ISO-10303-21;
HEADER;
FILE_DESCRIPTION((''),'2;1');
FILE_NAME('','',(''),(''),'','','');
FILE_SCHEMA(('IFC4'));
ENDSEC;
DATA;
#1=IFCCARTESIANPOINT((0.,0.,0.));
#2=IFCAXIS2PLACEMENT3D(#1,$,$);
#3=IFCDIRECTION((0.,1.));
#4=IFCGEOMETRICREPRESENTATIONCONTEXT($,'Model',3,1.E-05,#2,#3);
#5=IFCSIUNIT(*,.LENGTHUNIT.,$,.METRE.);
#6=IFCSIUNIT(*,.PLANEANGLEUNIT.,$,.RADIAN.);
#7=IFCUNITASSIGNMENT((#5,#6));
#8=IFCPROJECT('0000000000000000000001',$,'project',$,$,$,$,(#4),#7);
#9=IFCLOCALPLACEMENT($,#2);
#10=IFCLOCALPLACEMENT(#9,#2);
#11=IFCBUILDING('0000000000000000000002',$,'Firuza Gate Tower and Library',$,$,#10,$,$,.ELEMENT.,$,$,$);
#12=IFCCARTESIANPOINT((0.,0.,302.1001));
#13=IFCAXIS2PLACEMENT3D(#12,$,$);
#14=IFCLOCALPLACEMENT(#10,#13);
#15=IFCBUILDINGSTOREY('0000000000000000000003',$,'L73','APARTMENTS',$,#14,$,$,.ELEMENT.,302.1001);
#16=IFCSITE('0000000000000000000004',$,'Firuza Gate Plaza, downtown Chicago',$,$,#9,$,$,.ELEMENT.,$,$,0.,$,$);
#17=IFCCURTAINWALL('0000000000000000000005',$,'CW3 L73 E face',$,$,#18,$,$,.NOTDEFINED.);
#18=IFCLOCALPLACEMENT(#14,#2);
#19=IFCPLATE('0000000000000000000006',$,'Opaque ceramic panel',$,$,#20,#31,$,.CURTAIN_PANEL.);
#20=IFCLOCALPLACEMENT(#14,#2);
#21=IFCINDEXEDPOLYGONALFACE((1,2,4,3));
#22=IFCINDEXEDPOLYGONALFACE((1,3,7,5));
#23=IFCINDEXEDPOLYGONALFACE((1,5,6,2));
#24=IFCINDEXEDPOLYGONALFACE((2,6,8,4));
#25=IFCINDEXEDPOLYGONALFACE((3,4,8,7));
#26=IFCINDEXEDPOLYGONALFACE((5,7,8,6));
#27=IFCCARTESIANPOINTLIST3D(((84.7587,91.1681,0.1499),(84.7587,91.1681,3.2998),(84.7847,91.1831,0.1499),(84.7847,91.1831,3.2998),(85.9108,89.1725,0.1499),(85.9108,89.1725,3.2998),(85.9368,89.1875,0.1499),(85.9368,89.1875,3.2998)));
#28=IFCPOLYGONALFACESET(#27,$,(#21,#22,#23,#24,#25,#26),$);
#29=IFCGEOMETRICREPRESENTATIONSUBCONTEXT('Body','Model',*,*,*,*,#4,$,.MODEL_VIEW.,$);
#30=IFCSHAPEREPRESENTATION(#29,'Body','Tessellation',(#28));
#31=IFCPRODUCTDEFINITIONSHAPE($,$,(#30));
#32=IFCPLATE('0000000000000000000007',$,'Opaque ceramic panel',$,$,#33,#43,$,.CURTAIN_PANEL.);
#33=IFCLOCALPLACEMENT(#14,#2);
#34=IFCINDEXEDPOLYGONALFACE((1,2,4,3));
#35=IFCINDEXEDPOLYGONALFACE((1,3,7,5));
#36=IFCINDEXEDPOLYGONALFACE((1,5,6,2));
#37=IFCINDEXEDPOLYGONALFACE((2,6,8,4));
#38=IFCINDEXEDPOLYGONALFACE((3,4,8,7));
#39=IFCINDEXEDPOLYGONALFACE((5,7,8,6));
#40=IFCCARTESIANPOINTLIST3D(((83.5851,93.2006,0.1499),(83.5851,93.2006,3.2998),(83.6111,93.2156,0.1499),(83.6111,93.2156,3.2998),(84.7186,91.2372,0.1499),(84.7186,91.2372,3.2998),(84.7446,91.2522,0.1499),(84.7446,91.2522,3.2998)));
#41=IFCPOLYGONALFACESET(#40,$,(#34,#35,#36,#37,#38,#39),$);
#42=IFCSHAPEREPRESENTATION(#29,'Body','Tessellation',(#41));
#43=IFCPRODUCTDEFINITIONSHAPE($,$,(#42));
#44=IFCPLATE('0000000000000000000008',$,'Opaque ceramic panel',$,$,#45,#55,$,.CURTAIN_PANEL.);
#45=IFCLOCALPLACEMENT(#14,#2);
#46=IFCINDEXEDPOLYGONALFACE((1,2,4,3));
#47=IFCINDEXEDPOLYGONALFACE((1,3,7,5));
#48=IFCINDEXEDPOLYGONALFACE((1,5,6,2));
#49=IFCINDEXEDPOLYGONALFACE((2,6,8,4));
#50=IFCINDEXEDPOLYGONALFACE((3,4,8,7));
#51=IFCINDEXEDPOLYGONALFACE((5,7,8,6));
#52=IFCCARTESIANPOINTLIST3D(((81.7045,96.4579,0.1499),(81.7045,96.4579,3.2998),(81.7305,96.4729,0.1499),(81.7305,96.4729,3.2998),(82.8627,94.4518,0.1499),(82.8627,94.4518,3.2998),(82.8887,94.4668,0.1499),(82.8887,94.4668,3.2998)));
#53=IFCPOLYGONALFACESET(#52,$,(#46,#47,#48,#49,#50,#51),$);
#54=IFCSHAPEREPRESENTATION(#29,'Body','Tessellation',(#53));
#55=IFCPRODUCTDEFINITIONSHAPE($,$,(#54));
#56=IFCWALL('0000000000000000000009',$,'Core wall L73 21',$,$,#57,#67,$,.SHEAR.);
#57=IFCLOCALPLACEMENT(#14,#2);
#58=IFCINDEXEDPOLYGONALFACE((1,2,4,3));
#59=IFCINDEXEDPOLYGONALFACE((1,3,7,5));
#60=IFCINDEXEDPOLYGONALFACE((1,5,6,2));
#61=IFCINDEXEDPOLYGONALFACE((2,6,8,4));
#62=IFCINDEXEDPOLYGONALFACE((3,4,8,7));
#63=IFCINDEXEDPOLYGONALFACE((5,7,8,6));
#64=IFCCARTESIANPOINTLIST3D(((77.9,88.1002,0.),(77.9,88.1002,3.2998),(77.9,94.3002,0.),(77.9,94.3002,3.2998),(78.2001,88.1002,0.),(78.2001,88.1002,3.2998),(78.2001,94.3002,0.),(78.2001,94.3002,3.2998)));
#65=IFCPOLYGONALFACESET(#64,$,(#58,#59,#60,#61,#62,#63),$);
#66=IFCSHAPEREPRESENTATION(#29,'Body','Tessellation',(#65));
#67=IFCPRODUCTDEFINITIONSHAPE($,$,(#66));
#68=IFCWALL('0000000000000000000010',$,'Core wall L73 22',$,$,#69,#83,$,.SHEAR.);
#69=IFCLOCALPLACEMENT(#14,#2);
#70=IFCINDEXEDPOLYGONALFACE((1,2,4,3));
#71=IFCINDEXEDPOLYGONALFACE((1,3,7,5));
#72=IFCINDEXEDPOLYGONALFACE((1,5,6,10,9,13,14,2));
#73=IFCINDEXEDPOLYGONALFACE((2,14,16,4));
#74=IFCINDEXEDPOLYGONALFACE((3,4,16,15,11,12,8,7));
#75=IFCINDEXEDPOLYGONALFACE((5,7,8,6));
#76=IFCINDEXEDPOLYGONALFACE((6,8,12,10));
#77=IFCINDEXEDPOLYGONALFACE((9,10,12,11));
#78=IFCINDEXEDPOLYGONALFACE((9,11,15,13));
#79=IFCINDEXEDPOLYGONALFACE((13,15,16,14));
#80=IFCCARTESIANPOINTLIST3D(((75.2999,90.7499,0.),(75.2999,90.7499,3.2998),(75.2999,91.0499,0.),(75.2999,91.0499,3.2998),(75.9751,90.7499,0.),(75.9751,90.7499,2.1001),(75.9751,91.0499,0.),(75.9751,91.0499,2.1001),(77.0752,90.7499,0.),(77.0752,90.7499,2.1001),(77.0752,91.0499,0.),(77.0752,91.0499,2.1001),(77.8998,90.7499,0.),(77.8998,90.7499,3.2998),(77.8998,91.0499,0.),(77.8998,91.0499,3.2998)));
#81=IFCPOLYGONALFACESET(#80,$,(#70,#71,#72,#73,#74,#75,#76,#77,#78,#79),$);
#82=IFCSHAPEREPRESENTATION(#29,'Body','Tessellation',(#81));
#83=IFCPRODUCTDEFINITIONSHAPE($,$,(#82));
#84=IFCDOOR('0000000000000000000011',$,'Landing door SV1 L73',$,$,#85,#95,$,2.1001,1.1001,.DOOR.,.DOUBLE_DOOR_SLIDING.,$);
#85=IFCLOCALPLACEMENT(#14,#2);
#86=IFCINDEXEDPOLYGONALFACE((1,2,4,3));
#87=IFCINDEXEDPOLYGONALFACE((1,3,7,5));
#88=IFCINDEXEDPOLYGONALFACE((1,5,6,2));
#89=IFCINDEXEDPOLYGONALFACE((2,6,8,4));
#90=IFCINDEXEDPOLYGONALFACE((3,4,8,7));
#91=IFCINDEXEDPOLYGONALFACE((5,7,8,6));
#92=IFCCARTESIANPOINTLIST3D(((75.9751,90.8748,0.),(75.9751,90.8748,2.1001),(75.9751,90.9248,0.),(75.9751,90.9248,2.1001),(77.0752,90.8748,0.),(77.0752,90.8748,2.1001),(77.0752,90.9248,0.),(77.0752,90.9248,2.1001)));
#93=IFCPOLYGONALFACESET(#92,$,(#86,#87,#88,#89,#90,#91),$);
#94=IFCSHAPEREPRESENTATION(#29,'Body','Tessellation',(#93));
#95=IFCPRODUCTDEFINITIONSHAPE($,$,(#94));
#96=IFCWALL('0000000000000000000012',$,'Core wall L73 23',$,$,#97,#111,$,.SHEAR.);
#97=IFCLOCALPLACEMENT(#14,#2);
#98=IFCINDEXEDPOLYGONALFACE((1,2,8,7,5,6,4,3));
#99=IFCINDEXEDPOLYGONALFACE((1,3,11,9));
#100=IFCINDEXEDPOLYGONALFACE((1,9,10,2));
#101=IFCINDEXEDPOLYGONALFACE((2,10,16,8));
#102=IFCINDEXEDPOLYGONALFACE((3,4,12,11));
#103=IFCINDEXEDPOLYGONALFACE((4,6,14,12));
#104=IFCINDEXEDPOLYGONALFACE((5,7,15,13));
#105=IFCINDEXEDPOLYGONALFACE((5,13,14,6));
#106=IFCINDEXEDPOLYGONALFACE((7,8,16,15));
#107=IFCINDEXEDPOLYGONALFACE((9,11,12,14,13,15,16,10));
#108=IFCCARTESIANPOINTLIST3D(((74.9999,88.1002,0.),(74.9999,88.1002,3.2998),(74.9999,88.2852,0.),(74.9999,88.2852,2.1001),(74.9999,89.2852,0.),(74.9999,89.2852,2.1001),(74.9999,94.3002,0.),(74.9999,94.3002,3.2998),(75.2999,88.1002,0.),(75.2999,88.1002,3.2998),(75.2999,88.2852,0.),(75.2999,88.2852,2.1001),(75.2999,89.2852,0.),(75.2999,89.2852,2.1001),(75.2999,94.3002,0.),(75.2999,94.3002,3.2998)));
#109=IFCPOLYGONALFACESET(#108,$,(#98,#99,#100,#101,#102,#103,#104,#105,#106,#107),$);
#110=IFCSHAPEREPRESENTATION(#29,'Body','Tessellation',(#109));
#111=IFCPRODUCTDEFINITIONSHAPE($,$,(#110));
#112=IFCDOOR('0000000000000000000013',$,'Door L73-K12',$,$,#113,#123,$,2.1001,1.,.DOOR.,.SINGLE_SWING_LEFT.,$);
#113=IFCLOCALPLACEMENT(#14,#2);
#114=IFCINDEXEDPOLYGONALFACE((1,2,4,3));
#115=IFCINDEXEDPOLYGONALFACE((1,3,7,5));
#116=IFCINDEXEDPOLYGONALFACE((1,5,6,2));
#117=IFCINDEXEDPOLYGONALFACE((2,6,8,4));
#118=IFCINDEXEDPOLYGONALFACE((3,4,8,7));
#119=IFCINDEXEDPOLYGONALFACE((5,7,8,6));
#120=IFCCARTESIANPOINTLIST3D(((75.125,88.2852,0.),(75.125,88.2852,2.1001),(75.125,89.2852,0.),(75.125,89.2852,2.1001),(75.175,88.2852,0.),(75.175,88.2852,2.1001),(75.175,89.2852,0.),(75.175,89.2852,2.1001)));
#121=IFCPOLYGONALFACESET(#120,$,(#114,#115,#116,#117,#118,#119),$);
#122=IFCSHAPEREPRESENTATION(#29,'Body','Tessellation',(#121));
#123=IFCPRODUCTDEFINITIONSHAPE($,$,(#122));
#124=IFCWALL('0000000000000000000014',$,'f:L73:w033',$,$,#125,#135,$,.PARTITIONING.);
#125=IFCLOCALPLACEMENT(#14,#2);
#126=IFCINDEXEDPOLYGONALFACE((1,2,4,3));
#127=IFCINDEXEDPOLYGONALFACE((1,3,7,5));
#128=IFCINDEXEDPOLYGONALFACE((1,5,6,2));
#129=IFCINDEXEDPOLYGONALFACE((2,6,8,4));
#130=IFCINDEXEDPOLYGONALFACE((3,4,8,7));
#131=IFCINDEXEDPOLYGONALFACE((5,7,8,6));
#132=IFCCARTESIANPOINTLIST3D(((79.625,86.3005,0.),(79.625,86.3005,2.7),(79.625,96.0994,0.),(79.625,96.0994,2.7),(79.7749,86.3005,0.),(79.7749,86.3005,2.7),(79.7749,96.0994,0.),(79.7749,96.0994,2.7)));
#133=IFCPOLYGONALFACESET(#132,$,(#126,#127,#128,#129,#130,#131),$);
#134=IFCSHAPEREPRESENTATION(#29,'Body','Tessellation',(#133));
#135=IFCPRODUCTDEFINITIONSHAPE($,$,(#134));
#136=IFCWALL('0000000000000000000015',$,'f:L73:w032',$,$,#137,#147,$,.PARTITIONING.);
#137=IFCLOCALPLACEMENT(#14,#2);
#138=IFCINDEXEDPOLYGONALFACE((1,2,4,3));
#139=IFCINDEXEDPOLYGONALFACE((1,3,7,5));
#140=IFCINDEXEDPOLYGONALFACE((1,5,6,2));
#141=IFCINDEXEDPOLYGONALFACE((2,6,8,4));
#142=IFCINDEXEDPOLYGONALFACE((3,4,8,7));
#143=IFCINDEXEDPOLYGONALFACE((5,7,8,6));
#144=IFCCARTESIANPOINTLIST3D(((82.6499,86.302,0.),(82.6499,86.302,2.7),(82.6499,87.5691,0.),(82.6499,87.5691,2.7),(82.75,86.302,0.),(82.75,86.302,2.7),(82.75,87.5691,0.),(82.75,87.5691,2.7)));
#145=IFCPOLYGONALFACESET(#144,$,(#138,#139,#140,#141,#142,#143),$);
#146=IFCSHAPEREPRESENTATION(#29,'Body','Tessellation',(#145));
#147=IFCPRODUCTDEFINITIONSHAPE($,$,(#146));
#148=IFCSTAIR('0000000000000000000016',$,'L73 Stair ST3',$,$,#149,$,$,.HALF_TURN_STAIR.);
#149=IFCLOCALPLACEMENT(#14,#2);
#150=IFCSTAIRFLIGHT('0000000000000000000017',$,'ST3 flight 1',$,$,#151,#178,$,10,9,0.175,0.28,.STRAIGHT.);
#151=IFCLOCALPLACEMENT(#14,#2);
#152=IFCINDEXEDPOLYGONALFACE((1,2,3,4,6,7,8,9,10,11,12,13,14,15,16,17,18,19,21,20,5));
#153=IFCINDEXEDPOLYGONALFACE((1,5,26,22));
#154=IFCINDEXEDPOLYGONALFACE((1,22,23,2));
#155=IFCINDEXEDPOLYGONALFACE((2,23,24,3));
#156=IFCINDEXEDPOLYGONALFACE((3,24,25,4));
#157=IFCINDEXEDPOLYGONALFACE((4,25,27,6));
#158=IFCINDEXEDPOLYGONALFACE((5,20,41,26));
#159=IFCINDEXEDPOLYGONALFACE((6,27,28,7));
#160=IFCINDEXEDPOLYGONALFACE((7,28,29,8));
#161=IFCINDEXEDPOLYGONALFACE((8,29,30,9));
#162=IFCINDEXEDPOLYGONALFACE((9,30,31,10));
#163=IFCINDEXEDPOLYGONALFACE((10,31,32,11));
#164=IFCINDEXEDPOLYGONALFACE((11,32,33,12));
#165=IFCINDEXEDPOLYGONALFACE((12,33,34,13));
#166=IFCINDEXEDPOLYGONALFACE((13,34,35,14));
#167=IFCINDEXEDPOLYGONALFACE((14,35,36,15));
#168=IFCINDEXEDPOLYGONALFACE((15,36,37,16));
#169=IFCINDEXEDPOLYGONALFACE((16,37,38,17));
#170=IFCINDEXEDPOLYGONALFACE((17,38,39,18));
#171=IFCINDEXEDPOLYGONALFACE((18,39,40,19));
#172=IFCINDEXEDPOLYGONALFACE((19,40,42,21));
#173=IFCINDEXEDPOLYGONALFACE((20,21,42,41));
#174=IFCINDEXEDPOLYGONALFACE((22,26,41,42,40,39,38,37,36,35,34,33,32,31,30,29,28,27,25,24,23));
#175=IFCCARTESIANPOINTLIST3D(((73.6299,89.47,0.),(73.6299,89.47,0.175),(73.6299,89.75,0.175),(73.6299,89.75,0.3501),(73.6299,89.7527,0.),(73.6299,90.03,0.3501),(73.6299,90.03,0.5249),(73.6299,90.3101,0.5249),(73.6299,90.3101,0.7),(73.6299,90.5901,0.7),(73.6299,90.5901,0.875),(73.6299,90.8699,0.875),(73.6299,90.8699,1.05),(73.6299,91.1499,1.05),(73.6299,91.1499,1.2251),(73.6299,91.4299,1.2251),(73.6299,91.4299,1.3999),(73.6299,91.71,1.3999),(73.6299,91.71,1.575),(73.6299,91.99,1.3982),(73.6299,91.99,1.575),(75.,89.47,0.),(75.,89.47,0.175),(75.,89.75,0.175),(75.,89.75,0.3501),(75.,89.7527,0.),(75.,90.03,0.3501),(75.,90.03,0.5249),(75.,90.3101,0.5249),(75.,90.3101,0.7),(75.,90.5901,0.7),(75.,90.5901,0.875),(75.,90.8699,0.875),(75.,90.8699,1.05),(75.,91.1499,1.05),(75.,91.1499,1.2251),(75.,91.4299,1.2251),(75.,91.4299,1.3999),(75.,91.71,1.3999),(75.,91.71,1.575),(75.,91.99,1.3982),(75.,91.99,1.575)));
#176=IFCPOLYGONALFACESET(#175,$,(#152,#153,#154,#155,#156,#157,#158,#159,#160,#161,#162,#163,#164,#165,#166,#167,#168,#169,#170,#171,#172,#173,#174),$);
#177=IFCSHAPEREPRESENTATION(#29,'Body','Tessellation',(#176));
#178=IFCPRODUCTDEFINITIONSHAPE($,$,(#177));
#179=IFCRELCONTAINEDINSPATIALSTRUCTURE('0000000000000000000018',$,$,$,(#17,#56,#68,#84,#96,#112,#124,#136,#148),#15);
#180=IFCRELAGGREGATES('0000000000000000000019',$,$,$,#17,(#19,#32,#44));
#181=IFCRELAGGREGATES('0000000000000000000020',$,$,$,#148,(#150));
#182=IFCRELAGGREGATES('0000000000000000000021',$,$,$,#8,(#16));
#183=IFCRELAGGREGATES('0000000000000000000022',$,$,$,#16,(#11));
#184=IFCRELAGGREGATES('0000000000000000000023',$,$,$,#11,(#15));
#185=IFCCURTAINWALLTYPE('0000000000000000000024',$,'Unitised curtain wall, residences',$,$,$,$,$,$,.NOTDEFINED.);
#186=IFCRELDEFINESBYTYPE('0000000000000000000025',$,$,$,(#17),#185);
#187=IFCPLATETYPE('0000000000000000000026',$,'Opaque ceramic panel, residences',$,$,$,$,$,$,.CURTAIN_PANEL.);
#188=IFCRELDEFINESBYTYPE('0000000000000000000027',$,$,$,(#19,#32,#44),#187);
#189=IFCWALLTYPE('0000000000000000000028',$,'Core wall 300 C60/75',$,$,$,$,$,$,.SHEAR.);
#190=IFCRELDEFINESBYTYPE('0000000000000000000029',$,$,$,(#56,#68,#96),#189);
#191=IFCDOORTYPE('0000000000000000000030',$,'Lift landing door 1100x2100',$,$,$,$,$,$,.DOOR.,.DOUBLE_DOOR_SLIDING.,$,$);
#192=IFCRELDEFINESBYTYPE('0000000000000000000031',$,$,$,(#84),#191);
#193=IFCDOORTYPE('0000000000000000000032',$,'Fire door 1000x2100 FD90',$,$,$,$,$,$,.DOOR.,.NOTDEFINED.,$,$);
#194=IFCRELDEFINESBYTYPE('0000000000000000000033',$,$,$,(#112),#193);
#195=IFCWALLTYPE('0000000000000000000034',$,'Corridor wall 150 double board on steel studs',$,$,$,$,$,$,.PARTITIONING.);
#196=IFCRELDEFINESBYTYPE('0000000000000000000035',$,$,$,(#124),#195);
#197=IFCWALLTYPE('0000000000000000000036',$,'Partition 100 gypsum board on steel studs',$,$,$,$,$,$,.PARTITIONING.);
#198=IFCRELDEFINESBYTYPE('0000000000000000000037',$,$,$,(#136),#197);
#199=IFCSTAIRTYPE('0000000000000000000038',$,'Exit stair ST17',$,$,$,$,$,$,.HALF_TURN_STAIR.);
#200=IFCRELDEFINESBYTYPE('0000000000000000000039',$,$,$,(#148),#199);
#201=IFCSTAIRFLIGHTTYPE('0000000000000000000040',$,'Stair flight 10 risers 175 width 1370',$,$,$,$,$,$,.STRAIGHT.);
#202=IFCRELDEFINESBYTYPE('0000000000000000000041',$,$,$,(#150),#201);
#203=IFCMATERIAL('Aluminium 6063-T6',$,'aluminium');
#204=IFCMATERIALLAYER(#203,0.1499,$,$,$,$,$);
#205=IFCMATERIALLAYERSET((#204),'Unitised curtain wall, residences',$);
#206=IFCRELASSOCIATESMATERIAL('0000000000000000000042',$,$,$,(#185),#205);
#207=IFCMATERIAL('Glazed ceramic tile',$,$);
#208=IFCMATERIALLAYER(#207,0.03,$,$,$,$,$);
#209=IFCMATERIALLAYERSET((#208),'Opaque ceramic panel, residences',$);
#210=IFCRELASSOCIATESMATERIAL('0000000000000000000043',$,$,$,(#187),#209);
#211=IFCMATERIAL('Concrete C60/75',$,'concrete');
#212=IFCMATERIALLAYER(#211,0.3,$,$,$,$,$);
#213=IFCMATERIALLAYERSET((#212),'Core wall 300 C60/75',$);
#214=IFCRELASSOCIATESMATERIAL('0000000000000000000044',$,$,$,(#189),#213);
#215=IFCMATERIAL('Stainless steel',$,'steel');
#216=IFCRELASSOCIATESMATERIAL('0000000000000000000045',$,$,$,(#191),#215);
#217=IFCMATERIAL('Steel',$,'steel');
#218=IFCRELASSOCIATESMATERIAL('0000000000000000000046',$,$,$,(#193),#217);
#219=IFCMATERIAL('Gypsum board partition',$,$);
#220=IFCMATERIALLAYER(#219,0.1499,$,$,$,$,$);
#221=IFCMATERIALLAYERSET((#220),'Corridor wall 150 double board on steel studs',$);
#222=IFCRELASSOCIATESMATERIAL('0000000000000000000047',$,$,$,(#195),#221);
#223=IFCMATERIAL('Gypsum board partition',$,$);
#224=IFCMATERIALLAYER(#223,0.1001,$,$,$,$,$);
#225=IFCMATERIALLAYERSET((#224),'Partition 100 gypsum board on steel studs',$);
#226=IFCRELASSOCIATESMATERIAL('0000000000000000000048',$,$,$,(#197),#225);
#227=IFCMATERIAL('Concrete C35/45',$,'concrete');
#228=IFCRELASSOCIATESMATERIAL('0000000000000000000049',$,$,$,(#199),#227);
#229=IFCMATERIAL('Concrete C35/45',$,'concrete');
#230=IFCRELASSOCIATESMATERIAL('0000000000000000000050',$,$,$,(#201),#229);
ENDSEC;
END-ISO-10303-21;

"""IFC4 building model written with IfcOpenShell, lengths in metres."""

from ifc_helpers import new_model, si_unit, direction, frame, frame_2d, origin, place, context, subcontext, project, spatial, polyline, rectangle, outline, extrude, material, layer, layer_set, type_object, element, fill, aggregate, save


model = new_model("IFC4")

# Units and contexts
model_context = context("Model", 3, precision=1e-05, world=origin(), true_north=direction((0.0, 1.0)))
body_context = subcontext(model_context, "Body", "Model", "MODEL_VIEW")
ifc_project = project(units=[si_unit("LENGTHUNIT", "METRE"), si_unit("PLANEANGLEUNIT", "RADIAN")], contexts=[model_context])

# Site, building, storey
site_placement = place(None, origin())
site = spatial("IfcSite", under=ifc_project, at=site_placement, Name="Firuza Gate Plaza, downtown Chicago", CompositionType="ELEMENT", RefElevation=0.0)
building_placement = place(site_placement, origin())
building = spatial("IfcBuilding", under=site, at=building_placement, Name="Firuza Gate Tower and Library", CompositionType="ELEMENT")
storey_placement = place(building_placement, frame((0.0, 0.0, 302.1001)))
storey = spatial("IfcBuildingStorey", under=building, at=storey_placement, Name="L73", Description="APARTMENTS", CompositionType="ELEMENT", Elevation=302.1001)

# Curtain wall
ifc_material_1 = material(Name="Aluminium 6063-T6", Category="aluminium")
ifc_layer_1 = layer(ifc_material_1, 0.1499)
ifc_layer_set_1 = layer_set([ifc_layer_1], Name="Unitised curtain wall, residences")
curtain_wall_type = type_object("IfcCurtainWallType", Name="Unitised curtain wall, residences", PredefinedType="NOTDEFINED", material=ifc_layer_set_1)
placement = place(storey_placement, origin())
curtain_wall = element("IfcCurtainWall", 1, at=placement, inside=storey, type_object=curtain_wall_type, Name="CW3 L73 E face", PredefinedType="NOTDEFINED")

# Plates
ifc_material_2 = material(Name="Glazed ceramic tile")
ifc_layer_2 = layer(ifc_material_2, 0.03)
ifc_layer_set_2 = layer_set([ifc_layer_2], Name="Opaque ceramic panel, residences")
plate_type_1 = type_object("IfcPlateType", Name="Opaque ceramic panel, residences", PredefinedType="CURTAIN_PANEL", material=ifc_layer_set_2)
plate_1_placement = place(storey_placement, frame((85.9368, 89.1875, 0.1499), z_axis=(0.866037, 0.499979, 0.0), x_axis=(-0.499979, 0.866037, 0.0)))
plate_1 = element("IfcPlate", 2, at=plate_1_placement, type_object=plate_type_1, Name="Opaque ceramic panel", PredefinedType="CURTAIN_PANEL", context=body_context, shape_type="SweptSolid", body=[
    extrude(outline(polyline([(0.0, 0.0), (2.3043, 0.0), (2.3043, 3.1499), (0.0, 3.1499), (0.0, 0.0)])), origin(), (0.0, 0.0, -1.0), 0.03),
])
plate_2_placement = place(storey_placement, frame((84.7446, 91.2522, 0.1499), z_axis=(0.866028, 0.499996, 0.0), x_axis=(-0.499996, 0.866028, 0.0)))
plate_2 = element("IfcPlate", 3, at=plate_2_placement, type_object=plate_type_1, Name="Opaque ceramic panel", PredefinedType="CURTAIN_PANEL", context=body_context, shape_type="SweptSolid", body=[
    extrude(outline(polyline([(0.0, 0.0), (2.2671, 0.0), (2.2671, 3.1499), (0.0, 3.1499), (0.0, 0.0)])), origin(), (0.0, 0.0, -1.0), 0.03),
])
plate_3_placement = place(storey_placement, frame((82.8887, 94.4668, 0.1499), z_axis=(0.866029, 0.499993, 0.0), x_axis=(-0.499993, 0.866029, 0.0)))
plate_3 = element("IfcPlate", 4, at=plate_3_placement, type_object=plate_type_1, Name="Opaque ceramic panel", PredefinedType="CURTAIN_PANEL", context=body_context, shape_type="SweptSolid", body=[
    extrude(outline(polyline([(0.0, 0.0), (2.3164, 0.0), (2.3164, 3.1499), (0.0, 3.1499), (0.0, 0.0)])), origin(), (0.0, 0.0, -1.0), 0.03),
])
aggregate(curtain_wall, [plate_1, plate_2, plate_3])

# Wall
ifc_material_3 = material(Name="Concrete C60/75", Category="concrete")
ifc_layer_3 = layer(ifc_material_3, 0.3)
ifc_layer_set_3 = layer_set([ifc_layer_3], Name="Core wall 300 C60/75")
wall_type_1 = type_object("IfcWallType", Name="Core wall 300 C60/75", PredefinedType="SHEAR", material=ifc_layer_set_3)
wall_1_placement = place(storey_placement, frame((78.05, 88.1001, 0.0), z_axis=(0.0, 0.0, 1.0), x_axis=(0.0, 1.0, 0.0)))
element("IfcWall", 5, at=wall_1_placement, inside=storey, type_object=wall_type_1, Name="Core wall L73 21", PredefinedType="SHEAR", context=body_context, shape_type="SweptSolid", body=[
    extrude(rectangle(XDim=6.2, YDim=0.3, at=frame_2d((3.1001, 0.0))), origin(), (0.0, 0.0, 1.0), 3.2998),
])

# Walls, openings, doors
wall_2_placement = place(storey_placement, frame((75.3, 90.8999, 0.0), z_axis=(0.0, 0.0, 1.0), x_axis=(1.0, 0.0, 0.0)))
wall_2 = element("IfcWall", 6, at=wall_2_placement, inside=storey, type_object=wall_type_1, Name="Core wall L73 22", PredefinedType="SHEAR", context=body_context, shape_type="SweptSolid", body=[
    extrude(rectangle(XDim=2.5999, YDim=0.3, at=frame_2d((1.2998, 0.0))), origin(), (0.0, 0.0, 1.0), 3.2998),
])
opening_1_placement = place(wall_2_placement, frame((0.675, 0.0, 0.0)))
opening_1 = element("IfcOpeningElement", 7, at=opening_1_placement, cuts=wall_2, PredefinedType="OPENING", context=body_context, shape_type="SweptSolid", body=[
    extrude(rectangle(XDim=1.1001, YDim=2.1001, at=frame_2d((0.55, 1.05))), frame((0.0, 0.1602, 0.0), z_axis=(0.0, -1.0, 0.0), x_axis=(1.0, 0.0, 0.0)), (0.0, 0.0, 1.0), 0.3201),
])
ifc_material_4 = material(Name="Stainless steel", Category="steel")
door_type_1 = type_object("IfcDoorType", Name="Lift landing door 1100x2100", OperationType="DOUBLE_DOOR_SLIDING", PredefinedType="DOOR", material=ifc_material_4)
door_1_placement = place(opening_1_placement, origin())
door_1 = element("IfcDoor", 8, at=door_1_placement, inside=storey, type_object=door_type_1, Name="Landing door SV1 L73", OperationType="DOUBLE_DOOR_SLIDING", OverallHeight=2.1001, OverallWidth=1.1001, PredefinedType="DOOR", context=body_context, shape_type="SweptSolid", body=[
    extrude(rectangle(XDim=1.1001, YDim=2.1001, at=frame_2d((0.55, 1.05))), frame((0.0, 0.0249, 0.0), z_axis=(0.0, -1.0, 0.0), x_axis=(1.0, 0.0, 0.0)), (0.0, 0.0, 1.0), 0.05),
])
fill(opening_1, door_1)
wall_3_placement = place(storey_placement, frame((75.1499, 88.1001, 0.0), z_axis=(0.0, 0.0, 1.0), x_axis=(0.0, 1.0, 0.0)))
wall_3 = element("IfcWall", 9, at=wall_3_placement, inside=storey, type_object=wall_type_1, Name="Core wall L73 23", PredefinedType="SHEAR", context=body_context, shape_type="SweptSolid", body=[
    extrude(rectangle(XDim=6.2, YDim=0.3, at=frame_2d((3.1001, 0.0))), origin(), (0.0, 0.0, 1.0), 3.2998),
])
opening_2_placement = place(wall_3_placement, frame((0.1851, 0.0, 0.0)))
opening_2 = element("IfcOpeningElement", 10, at=opening_2_placement, cuts=wall_3, PredefinedType="OPENING", context=body_context, shape_type="SweptSolid", body=[
    extrude(rectangle(XDim=1.0, YDim=2.1001, at=frame_2d((0.5, 1.05))), frame((0.0, 0.1602, 0.0), z_axis=(0.0, -1.0, 0.0), x_axis=(1.0, 0.0, 0.0)), (0.0, 0.0, 1.0), 0.3201),
])
ifc_material_5 = material(Name="Steel", Category="steel")
door_type_2 = type_object("IfcDoorType", Name="Fire door 1000x2100 FD90", OperationType="NOTDEFINED", PredefinedType="DOOR", material=ifc_material_5)
door_2_placement = place(opening_2_placement, origin())
door_2 = element("IfcDoor", 11, at=door_2_placement, inside=storey, type_object=door_type_2, Name="Door L73-K12", OperationType="SINGLE_SWING_LEFT", OverallHeight=2.1001, OverallWidth=1.0, PredefinedType="DOOR", context=body_context, shape_type="SweptSolid", body=[
    extrude(rectangle(XDim=1.0, YDim=2.1001, at=frame_2d((0.5, 1.05))), frame((0.0, 0.0249, 0.0), z_axis=(0.0, -1.0, 0.0), x_axis=(1.0, 0.0, 0.0)), (0.0, 0.0, 1.0), 0.05),
])
fill(opening_2, door_2)

# Walls
ifc_material_6 = material(Name="Gypsum board partition")
ifc_layer_4 = layer(ifc_material_6, 0.1499)
ifc_layer_set_4 = layer_set([ifc_layer_4], Name="Corridor wall 150 double board on steel studs")
wall_type_2 = type_object("IfcWallType", Name="Corridor wall 150 double board on steel studs", PredefinedType="PARTITIONING", material=ifc_layer_set_4)
wall_4_placement = place(storey_placement, frame((79.7, 86.3005, 0.0), z_axis=(0.0, 0.0, 1.0), x_axis=(0.0, 1.0, 0.0)))
element("IfcWall", 12, at=wall_4_placement, inside=storey, type_object=wall_type_2, Name="f:L73:w033", PredefinedType="PARTITIONING", context=body_context, shape_type="SweptSolid", body=[
    extrude(rectangle(XDim=9.7988, YDim=0.1499, at=frame_2d((4.8994, 0.0))), origin(), (0.0, 0.0, 1.0), 2.7),
])
ifc_material_7 = material(Name="Gypsum board partition")
ifc_layer_5 = layer(ifc_material_7, 0.1001)
ifc_layer_set_5 = layer_set([ifc_layer_5], Name="Partition 100 gypsum board on steel studs")
wall_type_3 = type_object("IfcWallType", Name="Partition 100 gypsum board on steel studs", PredefinedType="PARTITIONING", material=ifc_layer_set_5)
wall_5_placement = place(storey_placement, frame((82.7, 86.302, 0.0), z_axis=(0.0, 0.0, 1.0), x_axis=(0.0, 1.0, 0.0)))
element("IfcWall", 13, at=wall_5_placement, inside=storey, type_object=wall_type_3, Name="f:L73:w032", PredefinedType="PARTITIONING", context=body_context, shape_type="SweptSolid", body=[
    extrude(rectangle(XDim=1.2671, YDim=0.1001, at=frame_2d((0.6335, 0.0))), origin(), (0.0, 0.0, 1.0), 2.7),
])

# Stair, stair flight
ifc_material_8 = material(Name="Concrete C35/45", Category="concrete")
stair_type = type_object("IfcStairType", Name="Exit stair ST17", PredefinedType="HALF_TURN_STAIR", material=ifc_material_8)
stair = element("IfcStair", 14, at=placement, inside=storey, type_object=stair_type, Name="L73 Stair ST3", PredefinedType="HALF_TURN_STAIR")
ifc_material_9 = material(Name="Concrete C35/45", Category="concrete")
stair_flight_type = type_object("IfcStairFlightType", Name="Stair flight 10 risers 175 width 1370", PredefinedType="STRAIGHT", material=ifc_material_9)
stair_flight_placement = place(storey_placement, frame((74.3149, 89.47, 0.0), z_axis=(0.0, 0.0, 1.0), x_axis=(0.0, 1.0, 0.0)))
stair_flight = element("IfcStairFlight", 15, at=stair_flight_placement, type_object=stair_flight_type, Name="ST3 flight 1", NumberOfRisers=10, NumberOfTreads=9, PredefinedType="STRAIGHT", RiserHeight=0.175, TreadLength=0.28, context=body_context, shape_type="SweptSolid", body=[
    extrude(outline(polyline([(0.0, 0.0), (0.0, 0.175), (0.28, 0.175), (0.28, 0.3501), (0.5601, 0.3501), (0.5601, 0.5249), (0.8401, 0.5249), (0.8401, 0.7), (1.1201, 0.7), (1.1201, 0.875), (1.3999, 0.875), (1.3999, 1.05), (1.6799, 1.05), (1.6799, 1.2251), (1.96, 1.2251), (1.96, 1.3999), (2.24, 1.3999), (2.24, 1.575), (2.52, 1.575), (2.52, 1.75), (2.52, 1.3982), (0.2827, 0.0), (0.0, 0.0)])), frame((0.0, 0.6851, 0.0), z_axis=(0.0, -1.0, 0.0), x_axis=(1.0, 0.0, 0.0)), (0.0, 0.0, 1.0), 1.3701),
])
aggregate(stair, [stair_flight])

save(model, "model.ifc")
